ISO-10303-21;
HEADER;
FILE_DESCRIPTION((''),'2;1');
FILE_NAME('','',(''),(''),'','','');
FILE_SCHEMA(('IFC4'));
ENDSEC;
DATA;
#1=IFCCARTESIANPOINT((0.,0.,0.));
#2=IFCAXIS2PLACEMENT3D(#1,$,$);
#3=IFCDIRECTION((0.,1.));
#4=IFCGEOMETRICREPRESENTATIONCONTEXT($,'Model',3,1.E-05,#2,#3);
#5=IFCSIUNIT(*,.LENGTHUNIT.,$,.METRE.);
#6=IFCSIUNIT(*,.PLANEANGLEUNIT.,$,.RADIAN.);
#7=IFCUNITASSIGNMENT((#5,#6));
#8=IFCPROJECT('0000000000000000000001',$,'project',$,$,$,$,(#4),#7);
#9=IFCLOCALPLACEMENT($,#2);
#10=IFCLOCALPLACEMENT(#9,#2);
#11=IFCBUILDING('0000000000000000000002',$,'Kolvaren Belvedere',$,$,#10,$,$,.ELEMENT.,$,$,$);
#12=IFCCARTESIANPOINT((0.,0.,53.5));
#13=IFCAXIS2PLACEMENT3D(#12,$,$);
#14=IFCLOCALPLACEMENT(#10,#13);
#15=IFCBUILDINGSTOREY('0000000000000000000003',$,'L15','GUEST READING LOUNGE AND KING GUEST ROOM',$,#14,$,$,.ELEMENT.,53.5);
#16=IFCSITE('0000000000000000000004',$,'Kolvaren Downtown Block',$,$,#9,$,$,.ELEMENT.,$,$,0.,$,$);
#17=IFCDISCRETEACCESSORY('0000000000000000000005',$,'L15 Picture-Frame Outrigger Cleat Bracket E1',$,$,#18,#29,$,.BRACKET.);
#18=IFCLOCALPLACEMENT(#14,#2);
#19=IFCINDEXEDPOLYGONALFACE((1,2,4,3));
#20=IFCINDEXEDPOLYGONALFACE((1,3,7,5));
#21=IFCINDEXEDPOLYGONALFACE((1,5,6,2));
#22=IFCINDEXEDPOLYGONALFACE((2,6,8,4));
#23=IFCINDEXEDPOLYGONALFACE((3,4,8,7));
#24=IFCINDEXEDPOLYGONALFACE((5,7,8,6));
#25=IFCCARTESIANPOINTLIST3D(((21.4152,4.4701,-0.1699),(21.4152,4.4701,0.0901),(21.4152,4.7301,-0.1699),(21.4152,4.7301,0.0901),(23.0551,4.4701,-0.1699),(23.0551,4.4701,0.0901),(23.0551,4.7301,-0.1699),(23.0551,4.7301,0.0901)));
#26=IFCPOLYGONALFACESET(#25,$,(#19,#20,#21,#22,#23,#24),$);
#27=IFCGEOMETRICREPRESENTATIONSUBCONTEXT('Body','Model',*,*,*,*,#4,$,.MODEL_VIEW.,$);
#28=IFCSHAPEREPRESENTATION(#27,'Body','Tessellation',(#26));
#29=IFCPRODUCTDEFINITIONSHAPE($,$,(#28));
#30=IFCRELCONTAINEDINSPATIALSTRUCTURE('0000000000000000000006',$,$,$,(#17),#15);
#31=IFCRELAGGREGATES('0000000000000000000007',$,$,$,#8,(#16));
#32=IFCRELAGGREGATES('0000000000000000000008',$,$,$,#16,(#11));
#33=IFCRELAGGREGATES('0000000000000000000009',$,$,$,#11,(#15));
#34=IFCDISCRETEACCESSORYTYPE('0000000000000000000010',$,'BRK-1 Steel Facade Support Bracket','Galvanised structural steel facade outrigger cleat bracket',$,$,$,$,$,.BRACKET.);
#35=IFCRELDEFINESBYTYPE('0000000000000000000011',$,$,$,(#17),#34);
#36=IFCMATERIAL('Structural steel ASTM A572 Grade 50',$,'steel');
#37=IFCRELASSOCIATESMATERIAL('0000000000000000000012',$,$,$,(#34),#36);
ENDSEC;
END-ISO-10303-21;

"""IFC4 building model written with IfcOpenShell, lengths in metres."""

from ifc_helpers import new_model, si_unit, direction, frame, origin, origin_2d, place, context, subcontext, project, spatial, rectangle, extrude, material, type_object, element, save


model = new_model("IFC4")

# Units and contexts
model_context = context("Model", 3, precision=1e-05, world=origin(), true_north=direction((0.0, 1.0)))
body_context = subcontext(model_context, "Body", "Model", "MODEL_VIEW")
ifc_project = project(units=[si_unit("LENGTHUNIT", "METRE"), si_unit("PLANEANGLEUNIT", "RADIAN")], contexts=[model_context])

# Site, building, storey
site_placement = place(None, origin())
site = spatial("IfcSite", under=ifc_project, at=site_placement, Name="Kolvaren Downtown Block", CompositionType="ELEMENT", RefElevation=0.0)
building_placement = place(site_placement, origin())
building = spatial("IfcBuilding", under=site, at=building_placement, Name="Kolvaren Belvedere", CompositionType="ELEMENT")
storey_placement = place(building_placement, frame((0.0, 0.0, 53.5)))
storey = spatial("IfcBuildingStorey", under=building, at=storey_placement, Name="L15", Description="GUEST READING LOUNGE AND KING GUEST ROOM", CompositionType="ELEMENT", Elevation=53.5)

# Discrete accessory
ifc_material_1 = material(Name="Structural steel ASTM A572 Grade 50", Category="steel")
discrete_accessory_type = type_object("IfcDiscreteAccessoryType", Name="BRK-1 Steel Facade Support Bracket", Description="Galvanised structural steel facade outrigger cleat bracket", PredefinedType="BRACKET", material=ifc_material_1)
discrete_accessory_placement = place(storey_placement, frame((22.2351, 4.6001, -0.1699), z_axis=(0.0, 0.0, 1.0), x_axis=(1.0, 0.0, 0.0)))
element("IfcDiscreteAccessory", 1, at=discrete_accessory_placement, inside=storey, type_object=discrete_accessory_type, Name="L15 Picture-Frame Outrigger Cleat Bracket E1", PredefinedType="BRACKET", context=body_context, shape_type="SweptSolid", body=[
    extrude(rectangle(XDim=1.6399, YDim=0.26, at=origin_2d()), origin(), (0.0, 0.0, 1.0), 0.26),
])

save(model, "model.ifc")
